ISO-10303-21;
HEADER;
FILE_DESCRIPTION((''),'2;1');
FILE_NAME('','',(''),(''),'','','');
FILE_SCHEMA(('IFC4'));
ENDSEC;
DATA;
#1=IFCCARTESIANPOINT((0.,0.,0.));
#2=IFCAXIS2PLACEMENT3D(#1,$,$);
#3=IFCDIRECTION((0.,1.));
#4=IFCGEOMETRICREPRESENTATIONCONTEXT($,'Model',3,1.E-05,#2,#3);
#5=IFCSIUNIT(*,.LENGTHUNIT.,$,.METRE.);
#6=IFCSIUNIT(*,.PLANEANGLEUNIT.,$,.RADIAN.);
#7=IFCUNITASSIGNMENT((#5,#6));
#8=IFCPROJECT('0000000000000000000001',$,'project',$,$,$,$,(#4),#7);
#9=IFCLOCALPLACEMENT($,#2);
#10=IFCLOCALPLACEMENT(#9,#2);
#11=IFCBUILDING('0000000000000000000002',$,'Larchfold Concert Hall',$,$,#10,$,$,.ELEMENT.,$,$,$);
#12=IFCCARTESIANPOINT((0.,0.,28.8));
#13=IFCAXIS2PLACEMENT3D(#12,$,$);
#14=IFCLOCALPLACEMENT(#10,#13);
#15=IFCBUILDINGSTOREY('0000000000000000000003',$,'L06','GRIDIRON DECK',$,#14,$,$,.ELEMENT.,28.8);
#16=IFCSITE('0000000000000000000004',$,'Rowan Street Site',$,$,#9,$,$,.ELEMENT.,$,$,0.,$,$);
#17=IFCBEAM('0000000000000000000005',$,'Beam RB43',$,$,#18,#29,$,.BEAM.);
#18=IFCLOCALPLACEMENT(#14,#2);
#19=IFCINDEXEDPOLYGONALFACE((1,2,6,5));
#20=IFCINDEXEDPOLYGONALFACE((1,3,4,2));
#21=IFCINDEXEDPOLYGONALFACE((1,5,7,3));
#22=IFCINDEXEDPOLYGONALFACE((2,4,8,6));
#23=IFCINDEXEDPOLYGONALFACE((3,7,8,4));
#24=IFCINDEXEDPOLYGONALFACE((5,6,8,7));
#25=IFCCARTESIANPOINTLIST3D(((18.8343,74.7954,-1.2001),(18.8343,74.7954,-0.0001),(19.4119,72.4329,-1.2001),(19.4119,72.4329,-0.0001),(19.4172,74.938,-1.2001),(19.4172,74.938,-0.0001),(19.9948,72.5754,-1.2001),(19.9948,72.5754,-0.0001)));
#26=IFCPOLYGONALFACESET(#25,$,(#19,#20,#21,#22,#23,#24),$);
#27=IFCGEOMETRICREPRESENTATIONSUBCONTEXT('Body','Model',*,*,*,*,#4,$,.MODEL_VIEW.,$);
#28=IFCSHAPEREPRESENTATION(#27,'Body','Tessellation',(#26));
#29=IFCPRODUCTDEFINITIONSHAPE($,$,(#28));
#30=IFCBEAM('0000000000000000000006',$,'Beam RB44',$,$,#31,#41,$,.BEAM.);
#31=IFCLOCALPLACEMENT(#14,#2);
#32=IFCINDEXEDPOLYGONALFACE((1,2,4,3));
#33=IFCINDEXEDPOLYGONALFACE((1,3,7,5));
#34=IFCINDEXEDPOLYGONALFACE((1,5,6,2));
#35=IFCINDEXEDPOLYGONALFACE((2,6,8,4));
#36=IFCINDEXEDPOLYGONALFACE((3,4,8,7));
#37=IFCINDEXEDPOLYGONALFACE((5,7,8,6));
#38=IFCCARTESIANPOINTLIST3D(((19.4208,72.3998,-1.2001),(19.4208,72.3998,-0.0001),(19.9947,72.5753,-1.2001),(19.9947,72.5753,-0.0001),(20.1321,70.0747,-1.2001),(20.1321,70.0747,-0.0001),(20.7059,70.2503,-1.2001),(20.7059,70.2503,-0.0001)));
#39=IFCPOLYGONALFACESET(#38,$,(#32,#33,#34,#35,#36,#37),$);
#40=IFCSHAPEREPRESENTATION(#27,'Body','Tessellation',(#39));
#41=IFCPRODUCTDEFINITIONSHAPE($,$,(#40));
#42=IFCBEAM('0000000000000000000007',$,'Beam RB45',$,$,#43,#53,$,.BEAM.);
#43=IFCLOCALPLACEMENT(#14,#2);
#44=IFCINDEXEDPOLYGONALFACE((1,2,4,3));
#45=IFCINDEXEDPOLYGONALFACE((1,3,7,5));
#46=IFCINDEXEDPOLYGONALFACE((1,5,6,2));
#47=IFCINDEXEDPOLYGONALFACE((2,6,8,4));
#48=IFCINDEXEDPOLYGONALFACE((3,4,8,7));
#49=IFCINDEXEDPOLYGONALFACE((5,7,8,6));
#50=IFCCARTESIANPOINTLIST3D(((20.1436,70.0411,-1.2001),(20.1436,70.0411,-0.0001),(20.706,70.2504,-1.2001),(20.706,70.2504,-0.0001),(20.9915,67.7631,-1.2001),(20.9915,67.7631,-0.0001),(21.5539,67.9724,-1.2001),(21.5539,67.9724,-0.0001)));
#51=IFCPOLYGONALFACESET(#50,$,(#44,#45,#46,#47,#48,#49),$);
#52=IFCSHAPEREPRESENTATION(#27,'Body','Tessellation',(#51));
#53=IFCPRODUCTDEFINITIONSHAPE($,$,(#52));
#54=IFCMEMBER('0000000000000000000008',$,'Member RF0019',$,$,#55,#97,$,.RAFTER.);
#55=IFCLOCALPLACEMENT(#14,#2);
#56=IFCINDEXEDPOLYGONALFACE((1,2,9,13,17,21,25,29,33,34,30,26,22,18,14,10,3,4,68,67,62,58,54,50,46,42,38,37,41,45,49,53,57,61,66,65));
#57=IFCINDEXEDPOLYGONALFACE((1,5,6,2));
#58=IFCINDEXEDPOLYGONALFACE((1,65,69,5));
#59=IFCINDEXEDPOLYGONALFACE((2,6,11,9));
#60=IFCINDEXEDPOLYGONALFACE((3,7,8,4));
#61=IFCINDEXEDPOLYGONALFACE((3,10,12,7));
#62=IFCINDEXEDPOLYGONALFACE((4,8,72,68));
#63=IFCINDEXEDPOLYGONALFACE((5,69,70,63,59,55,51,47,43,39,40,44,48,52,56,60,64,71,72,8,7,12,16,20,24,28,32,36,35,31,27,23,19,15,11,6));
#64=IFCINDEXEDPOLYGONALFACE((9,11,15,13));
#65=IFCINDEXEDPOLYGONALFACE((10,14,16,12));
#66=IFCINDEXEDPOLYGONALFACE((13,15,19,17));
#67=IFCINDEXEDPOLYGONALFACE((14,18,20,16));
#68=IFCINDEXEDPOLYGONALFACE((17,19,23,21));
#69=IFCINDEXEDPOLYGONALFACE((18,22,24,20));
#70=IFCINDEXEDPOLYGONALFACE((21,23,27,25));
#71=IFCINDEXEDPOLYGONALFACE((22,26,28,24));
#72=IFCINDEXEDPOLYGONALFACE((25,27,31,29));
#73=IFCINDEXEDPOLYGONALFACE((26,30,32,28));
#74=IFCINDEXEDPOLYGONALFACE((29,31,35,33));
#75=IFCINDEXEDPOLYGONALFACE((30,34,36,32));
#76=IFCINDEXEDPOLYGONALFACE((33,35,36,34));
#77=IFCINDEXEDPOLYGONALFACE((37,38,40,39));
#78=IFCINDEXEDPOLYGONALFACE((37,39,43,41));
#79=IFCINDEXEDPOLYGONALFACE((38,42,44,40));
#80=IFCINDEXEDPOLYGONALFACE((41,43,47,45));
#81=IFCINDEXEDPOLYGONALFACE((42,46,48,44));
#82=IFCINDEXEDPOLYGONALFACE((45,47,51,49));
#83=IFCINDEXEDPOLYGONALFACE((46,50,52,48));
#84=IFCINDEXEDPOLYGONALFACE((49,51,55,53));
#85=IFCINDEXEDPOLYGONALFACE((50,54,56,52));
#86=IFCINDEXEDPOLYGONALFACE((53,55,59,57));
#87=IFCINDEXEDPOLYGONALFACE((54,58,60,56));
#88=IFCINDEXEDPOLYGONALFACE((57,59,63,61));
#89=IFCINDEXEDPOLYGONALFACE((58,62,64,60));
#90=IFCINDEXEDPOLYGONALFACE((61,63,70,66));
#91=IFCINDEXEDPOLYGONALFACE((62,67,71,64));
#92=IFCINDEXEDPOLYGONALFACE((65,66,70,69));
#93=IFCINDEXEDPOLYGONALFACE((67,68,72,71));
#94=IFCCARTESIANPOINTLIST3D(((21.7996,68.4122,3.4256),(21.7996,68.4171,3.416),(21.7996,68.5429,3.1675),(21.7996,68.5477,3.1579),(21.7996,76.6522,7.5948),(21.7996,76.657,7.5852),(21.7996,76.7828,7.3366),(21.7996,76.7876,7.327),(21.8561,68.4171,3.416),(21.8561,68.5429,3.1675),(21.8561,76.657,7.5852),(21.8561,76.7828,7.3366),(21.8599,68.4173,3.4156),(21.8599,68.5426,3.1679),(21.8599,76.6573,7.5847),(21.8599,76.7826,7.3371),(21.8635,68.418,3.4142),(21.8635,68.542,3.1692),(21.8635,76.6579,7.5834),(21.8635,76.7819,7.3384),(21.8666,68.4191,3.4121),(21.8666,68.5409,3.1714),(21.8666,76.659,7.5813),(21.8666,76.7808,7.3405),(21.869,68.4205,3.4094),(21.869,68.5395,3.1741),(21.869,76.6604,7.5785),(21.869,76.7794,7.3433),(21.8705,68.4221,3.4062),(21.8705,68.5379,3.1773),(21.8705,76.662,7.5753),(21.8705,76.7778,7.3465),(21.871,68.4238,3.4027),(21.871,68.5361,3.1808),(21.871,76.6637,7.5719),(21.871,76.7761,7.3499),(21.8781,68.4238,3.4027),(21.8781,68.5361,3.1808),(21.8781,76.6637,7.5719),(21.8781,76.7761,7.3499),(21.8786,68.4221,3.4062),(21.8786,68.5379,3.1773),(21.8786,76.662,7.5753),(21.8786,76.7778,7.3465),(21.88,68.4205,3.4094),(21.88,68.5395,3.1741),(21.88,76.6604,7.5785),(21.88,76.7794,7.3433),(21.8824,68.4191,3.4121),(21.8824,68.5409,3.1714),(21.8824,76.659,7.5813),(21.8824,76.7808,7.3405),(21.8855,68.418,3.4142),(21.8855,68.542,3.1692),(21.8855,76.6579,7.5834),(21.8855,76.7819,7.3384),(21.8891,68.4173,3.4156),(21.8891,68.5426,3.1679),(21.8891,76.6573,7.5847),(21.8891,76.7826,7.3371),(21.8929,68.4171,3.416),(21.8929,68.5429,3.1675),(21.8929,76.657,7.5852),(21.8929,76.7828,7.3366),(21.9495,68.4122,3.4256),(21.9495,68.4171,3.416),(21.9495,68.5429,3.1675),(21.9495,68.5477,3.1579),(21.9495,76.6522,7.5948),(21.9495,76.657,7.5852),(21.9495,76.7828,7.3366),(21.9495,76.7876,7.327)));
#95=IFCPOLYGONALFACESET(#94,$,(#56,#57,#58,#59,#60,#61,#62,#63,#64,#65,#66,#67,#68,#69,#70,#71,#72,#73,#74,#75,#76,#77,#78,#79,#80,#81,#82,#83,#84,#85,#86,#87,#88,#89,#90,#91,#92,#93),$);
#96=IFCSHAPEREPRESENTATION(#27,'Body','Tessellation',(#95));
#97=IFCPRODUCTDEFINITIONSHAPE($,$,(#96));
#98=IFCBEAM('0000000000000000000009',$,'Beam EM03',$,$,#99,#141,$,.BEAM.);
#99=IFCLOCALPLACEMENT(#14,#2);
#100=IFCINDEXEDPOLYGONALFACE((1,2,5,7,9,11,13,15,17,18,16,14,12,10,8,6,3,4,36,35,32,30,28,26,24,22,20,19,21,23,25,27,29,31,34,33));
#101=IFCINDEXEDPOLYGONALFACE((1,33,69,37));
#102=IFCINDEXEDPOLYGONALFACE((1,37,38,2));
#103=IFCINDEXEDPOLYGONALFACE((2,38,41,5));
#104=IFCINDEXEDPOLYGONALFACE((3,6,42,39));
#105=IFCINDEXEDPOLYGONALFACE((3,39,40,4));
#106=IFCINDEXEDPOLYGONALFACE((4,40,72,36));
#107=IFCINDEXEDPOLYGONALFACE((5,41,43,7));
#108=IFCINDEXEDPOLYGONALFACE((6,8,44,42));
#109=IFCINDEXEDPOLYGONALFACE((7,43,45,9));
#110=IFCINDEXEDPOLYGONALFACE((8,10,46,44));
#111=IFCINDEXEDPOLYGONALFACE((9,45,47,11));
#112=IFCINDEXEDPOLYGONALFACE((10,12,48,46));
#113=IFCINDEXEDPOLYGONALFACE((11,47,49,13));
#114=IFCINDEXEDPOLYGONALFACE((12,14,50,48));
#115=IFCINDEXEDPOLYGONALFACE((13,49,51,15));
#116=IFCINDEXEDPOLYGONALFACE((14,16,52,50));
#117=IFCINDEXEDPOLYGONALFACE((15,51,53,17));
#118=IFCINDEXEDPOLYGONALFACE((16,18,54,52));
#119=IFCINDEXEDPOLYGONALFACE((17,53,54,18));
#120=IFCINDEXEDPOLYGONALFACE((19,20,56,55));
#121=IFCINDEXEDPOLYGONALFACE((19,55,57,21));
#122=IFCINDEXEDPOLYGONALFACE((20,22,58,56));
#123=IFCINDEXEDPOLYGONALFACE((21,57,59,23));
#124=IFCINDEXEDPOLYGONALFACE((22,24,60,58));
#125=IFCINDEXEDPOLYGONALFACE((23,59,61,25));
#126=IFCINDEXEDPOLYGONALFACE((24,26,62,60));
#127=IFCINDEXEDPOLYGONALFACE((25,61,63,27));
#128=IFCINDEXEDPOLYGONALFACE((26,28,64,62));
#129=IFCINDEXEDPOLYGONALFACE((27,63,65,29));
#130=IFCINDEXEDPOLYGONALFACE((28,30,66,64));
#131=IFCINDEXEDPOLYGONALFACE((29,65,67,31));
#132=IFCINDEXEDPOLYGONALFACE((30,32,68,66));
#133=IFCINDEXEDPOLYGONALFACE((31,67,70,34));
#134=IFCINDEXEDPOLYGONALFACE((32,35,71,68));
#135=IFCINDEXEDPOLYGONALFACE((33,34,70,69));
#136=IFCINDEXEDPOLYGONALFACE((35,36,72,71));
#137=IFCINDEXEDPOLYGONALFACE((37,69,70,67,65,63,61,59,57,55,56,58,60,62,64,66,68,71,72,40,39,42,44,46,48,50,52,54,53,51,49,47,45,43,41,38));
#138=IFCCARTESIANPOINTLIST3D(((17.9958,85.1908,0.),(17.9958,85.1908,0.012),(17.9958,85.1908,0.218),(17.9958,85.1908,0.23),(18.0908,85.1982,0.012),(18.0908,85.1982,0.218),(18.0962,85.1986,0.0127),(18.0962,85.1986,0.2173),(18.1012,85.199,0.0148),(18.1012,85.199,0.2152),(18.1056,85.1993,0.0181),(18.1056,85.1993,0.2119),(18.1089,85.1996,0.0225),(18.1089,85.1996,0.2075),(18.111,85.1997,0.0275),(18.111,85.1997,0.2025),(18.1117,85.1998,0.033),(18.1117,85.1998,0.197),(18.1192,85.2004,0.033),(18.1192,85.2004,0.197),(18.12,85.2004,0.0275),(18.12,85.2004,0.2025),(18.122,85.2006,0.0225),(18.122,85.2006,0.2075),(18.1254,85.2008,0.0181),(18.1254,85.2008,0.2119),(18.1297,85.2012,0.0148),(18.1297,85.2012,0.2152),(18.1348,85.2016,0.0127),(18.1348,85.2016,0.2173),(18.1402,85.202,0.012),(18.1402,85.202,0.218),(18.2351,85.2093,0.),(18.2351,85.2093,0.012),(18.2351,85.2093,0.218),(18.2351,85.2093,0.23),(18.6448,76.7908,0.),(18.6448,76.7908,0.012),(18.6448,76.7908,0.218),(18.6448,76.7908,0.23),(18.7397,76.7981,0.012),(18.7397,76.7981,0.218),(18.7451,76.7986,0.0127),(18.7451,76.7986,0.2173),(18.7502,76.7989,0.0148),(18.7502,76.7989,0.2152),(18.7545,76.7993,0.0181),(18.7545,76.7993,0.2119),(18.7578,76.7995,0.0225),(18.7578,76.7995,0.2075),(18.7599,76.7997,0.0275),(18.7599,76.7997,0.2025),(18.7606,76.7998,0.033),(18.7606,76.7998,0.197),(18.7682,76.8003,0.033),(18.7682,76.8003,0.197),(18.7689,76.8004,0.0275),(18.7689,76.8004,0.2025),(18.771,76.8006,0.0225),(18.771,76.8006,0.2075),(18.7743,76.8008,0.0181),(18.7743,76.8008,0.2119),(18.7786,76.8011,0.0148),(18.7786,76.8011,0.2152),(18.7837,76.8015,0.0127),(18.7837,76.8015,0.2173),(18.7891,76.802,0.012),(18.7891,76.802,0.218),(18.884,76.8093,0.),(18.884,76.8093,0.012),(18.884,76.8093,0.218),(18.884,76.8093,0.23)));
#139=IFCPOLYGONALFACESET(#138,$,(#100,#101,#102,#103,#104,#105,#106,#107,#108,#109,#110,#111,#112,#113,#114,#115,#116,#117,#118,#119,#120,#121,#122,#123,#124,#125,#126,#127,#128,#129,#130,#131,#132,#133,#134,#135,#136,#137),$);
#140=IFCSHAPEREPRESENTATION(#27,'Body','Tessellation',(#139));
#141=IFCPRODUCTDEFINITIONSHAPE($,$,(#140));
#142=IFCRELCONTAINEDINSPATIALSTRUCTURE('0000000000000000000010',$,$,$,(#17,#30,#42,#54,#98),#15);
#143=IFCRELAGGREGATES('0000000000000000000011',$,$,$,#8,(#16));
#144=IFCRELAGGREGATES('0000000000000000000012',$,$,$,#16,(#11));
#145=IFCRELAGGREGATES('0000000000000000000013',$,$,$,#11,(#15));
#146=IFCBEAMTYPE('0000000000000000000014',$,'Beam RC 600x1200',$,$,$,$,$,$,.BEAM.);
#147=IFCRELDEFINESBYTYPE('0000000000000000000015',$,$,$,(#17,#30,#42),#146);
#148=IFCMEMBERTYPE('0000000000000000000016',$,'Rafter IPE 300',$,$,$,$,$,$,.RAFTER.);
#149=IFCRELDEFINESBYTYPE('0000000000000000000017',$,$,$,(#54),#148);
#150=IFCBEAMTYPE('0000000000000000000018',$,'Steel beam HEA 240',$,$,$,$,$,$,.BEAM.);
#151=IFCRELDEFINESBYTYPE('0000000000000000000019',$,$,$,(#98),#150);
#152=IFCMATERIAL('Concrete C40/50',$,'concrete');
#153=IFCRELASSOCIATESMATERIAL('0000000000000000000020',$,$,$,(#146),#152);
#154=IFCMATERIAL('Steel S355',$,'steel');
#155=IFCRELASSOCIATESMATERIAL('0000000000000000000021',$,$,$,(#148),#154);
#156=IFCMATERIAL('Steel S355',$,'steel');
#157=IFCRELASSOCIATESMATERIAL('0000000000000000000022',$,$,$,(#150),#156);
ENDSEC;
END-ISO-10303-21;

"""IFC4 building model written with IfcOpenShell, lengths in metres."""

from ifc_helpers import new_model, si_unit, direction, frame, origin, origin_2d, place, context, subcontext, project, spatial, rectangle, i_section, extrude, material, material_profile, profile_set, type_object, element, save


model = new_model("IFC4")

# Units and contexts
model_context = context("Model", 3, precision=1e-05, world=origin(), true_north=direction((0.0, 1.0)))
body_context = subcontext(model_context, "Body", "Model", "MODEL_VIEW")
ifc_project = project(units=[si_unit("LENGTHUNIT", "METRE"), si_unit("PLANEANGLEUNIT", "RADIAN")], contexts=[model_context])

# Site, building, storey
site_placement = place(None, origin())
site = spatial("IfcSite", under=ifc_project, at=site_placement, Name="Rowan Street Site", CompositionType="ELEMENT", RefElevation=0.0)
building_placement = place(site_placement, origin())
building = spatial("IfcBuilding", under=site, at=building_placement, Name="Larchfold Concert Hall", CompositionType="ELEMENT")
storey_placement = place(building_placement, frame((0.0, 0.0, 28.8)))
storey = spatial("IfcBuildingStorey", under=building, at=storey_placement, Name="L06", Description="GRIDIRON DECK", CompositionType="ELEMENT", Elevation=28.8)

# Beams
ifc_material_1 = material(Name="Concrete C40/50", Category="concrete")
ifc_material_profile_1 = material_profile(ifc_material_1, rectangle(XDim=0.6001, YDim=1.2, at=origin_2d()))
ifc_profile_set_1 = profile_set([ifc_material_profile_1], Name="Concrete C40/50")
beam_type_1 = type_object("IfcBeamType", Name="Beam RC 600x1200", PredefinedType="BEAM", material=ifc_profile_set_1)
beam_1_placement = place(storey_placement, frame((19.1257, 74.8667, -0.6001), z_axis=(0.237502, -0.971387, 0.0), x_axis=(0.971387, 0.237502, 0.0)))
element("IfcBeam", 1, at=beam_1_placement, inside=storey, type_object=beam_type_1, Name="Beam RB43", PredefinedType="BEAM", context=body_context, shape_type="SweptSolid", body=[
    extrude(rectangle(XDim=0.6001, YDim=1.2, at=origin_2d()), origin(), (0.0, 0.0, 1.0), 2.4321),
])
beam_2_placement = place(storey_placement, frame((19.7078, 72.4875, -0.6001), z_axis=(0.292512, -0.956262, 0.0), x_axis=(0.956262, 0.292512, 0.0)))
element("IfcBeam", 2, at=beam_2_placement, inside=storey, type_object=beam_type_1, Name="Beam RB44", PredefinedType="BEAM", context=body_context, shape_type="SweptSolid", body=[
    extrude(rectangle(XDim=0.6001, YDim=1.2, at=origin_2d()), origin(), (0.0, 0.0, 1.0), 2.4314),
])
beam_3_placement = place(storey_placement, frame((20.4248, 70.1458, -0.6001), z_axis=(0.348822, -0.937189, 0.0), x_axis=(0.937189, 0.348822, 0.0)))
element("IfcBeam", 3, at=beam_3_placement, inside=storey, type_object=beam_type_1, Name="Beam RB45", PredefinedType="BEAM", context=body_context, shape_type="SweptSolid", body=[
    extrude(rectangle(XDim=0.6001, YDim=1.2, at=origin_2d()), origin(), (0.0, 0.0, 1.0), 2.4307),
])

# Member
ifc_material_2 = material(Name="Steel S355", Category="steel")
ifc_material_profile_2 = material_profile(ifc_material_2, i_section(OverallWidth=0.1499, OverallDepth=0.3, WebThickness=0.0071, FlangeThickness=0.0107, FilletRadius=0.0149, at=origin_2d()))
ifc_profile_set_2 = profile_set([ifc_material_profile_2], Name="Steel S355")
member_type_1 = type_object("IfcMemberType", Name="Rafter IPE 300", PredefinedType="RAFTER", material=ifc_profile_set_2)
member_placement = place(storey_placement, frame((21.8745, 68.48, 3.2917), z_axis=(0.0, 0.892286, 0.45147), x_axis=(-1.0, 0.0, 0.0)))
element("IfcMember", 4, at=member_placement, inside=storey, type_object=member_type_1, Name="Member RF0019", PredefinedType="RAFTER", context=body_context, shape_type="SweptSolid", body=[
    extrude(i_section(OverallWidth=0.1499, OverallDepth=0.3, WebThickness=0.0071, FlangeThickness=0.0107, FilletRadius=0.0149, at=origin_2d()), origin(), (0.0, 0.0, 1.0), 9.2346),
])

# Beam
ifc_material_3 = material(Name="Steel S355", Category="steel")
ifc_material_profile_3 = material_profile(ifc_material_3, i_section(OverallWidth=0.24, OverallDepth=0.23, WebThickness=0.0076, FlangeThickness=0.012, FilletRadius=0.021, at=origin_2d()))
ifc_profile_set_3 = profile_set([ifc_material_profile_3], Name="Steel S355")
beam_type_2 = type_object("IfcBeamType", Name="Steel beam HEA 240", PredefinedType="BEAM", material=ifc_profile_set_3)
beam_4_placement = place(storey_placement, frame((18.7644, 76.8, 0.115), z_axis=(-0.077024, 0.997029, 0.0), x_axis=(-0.997029, -0.077024, 0.0)))
element("IfcBeam", 5, at=beam_4_placement, inside=storey, type_object=beam_type_2, Name="Beam EM03", PredefinedType="BEAM", context=body_context, shape_type="SweptSolid", body=[
    extrude(i_section(OverallWidth=0.24, OverallDepth=0.23, WebThickness=0.0076, FlangeThickness=0.012, FilletRadius=0.021, at=origin_2d()), origin(), (0.0, 0.0, 1.0), 8.425),
])

save(model, "model.ifc")
